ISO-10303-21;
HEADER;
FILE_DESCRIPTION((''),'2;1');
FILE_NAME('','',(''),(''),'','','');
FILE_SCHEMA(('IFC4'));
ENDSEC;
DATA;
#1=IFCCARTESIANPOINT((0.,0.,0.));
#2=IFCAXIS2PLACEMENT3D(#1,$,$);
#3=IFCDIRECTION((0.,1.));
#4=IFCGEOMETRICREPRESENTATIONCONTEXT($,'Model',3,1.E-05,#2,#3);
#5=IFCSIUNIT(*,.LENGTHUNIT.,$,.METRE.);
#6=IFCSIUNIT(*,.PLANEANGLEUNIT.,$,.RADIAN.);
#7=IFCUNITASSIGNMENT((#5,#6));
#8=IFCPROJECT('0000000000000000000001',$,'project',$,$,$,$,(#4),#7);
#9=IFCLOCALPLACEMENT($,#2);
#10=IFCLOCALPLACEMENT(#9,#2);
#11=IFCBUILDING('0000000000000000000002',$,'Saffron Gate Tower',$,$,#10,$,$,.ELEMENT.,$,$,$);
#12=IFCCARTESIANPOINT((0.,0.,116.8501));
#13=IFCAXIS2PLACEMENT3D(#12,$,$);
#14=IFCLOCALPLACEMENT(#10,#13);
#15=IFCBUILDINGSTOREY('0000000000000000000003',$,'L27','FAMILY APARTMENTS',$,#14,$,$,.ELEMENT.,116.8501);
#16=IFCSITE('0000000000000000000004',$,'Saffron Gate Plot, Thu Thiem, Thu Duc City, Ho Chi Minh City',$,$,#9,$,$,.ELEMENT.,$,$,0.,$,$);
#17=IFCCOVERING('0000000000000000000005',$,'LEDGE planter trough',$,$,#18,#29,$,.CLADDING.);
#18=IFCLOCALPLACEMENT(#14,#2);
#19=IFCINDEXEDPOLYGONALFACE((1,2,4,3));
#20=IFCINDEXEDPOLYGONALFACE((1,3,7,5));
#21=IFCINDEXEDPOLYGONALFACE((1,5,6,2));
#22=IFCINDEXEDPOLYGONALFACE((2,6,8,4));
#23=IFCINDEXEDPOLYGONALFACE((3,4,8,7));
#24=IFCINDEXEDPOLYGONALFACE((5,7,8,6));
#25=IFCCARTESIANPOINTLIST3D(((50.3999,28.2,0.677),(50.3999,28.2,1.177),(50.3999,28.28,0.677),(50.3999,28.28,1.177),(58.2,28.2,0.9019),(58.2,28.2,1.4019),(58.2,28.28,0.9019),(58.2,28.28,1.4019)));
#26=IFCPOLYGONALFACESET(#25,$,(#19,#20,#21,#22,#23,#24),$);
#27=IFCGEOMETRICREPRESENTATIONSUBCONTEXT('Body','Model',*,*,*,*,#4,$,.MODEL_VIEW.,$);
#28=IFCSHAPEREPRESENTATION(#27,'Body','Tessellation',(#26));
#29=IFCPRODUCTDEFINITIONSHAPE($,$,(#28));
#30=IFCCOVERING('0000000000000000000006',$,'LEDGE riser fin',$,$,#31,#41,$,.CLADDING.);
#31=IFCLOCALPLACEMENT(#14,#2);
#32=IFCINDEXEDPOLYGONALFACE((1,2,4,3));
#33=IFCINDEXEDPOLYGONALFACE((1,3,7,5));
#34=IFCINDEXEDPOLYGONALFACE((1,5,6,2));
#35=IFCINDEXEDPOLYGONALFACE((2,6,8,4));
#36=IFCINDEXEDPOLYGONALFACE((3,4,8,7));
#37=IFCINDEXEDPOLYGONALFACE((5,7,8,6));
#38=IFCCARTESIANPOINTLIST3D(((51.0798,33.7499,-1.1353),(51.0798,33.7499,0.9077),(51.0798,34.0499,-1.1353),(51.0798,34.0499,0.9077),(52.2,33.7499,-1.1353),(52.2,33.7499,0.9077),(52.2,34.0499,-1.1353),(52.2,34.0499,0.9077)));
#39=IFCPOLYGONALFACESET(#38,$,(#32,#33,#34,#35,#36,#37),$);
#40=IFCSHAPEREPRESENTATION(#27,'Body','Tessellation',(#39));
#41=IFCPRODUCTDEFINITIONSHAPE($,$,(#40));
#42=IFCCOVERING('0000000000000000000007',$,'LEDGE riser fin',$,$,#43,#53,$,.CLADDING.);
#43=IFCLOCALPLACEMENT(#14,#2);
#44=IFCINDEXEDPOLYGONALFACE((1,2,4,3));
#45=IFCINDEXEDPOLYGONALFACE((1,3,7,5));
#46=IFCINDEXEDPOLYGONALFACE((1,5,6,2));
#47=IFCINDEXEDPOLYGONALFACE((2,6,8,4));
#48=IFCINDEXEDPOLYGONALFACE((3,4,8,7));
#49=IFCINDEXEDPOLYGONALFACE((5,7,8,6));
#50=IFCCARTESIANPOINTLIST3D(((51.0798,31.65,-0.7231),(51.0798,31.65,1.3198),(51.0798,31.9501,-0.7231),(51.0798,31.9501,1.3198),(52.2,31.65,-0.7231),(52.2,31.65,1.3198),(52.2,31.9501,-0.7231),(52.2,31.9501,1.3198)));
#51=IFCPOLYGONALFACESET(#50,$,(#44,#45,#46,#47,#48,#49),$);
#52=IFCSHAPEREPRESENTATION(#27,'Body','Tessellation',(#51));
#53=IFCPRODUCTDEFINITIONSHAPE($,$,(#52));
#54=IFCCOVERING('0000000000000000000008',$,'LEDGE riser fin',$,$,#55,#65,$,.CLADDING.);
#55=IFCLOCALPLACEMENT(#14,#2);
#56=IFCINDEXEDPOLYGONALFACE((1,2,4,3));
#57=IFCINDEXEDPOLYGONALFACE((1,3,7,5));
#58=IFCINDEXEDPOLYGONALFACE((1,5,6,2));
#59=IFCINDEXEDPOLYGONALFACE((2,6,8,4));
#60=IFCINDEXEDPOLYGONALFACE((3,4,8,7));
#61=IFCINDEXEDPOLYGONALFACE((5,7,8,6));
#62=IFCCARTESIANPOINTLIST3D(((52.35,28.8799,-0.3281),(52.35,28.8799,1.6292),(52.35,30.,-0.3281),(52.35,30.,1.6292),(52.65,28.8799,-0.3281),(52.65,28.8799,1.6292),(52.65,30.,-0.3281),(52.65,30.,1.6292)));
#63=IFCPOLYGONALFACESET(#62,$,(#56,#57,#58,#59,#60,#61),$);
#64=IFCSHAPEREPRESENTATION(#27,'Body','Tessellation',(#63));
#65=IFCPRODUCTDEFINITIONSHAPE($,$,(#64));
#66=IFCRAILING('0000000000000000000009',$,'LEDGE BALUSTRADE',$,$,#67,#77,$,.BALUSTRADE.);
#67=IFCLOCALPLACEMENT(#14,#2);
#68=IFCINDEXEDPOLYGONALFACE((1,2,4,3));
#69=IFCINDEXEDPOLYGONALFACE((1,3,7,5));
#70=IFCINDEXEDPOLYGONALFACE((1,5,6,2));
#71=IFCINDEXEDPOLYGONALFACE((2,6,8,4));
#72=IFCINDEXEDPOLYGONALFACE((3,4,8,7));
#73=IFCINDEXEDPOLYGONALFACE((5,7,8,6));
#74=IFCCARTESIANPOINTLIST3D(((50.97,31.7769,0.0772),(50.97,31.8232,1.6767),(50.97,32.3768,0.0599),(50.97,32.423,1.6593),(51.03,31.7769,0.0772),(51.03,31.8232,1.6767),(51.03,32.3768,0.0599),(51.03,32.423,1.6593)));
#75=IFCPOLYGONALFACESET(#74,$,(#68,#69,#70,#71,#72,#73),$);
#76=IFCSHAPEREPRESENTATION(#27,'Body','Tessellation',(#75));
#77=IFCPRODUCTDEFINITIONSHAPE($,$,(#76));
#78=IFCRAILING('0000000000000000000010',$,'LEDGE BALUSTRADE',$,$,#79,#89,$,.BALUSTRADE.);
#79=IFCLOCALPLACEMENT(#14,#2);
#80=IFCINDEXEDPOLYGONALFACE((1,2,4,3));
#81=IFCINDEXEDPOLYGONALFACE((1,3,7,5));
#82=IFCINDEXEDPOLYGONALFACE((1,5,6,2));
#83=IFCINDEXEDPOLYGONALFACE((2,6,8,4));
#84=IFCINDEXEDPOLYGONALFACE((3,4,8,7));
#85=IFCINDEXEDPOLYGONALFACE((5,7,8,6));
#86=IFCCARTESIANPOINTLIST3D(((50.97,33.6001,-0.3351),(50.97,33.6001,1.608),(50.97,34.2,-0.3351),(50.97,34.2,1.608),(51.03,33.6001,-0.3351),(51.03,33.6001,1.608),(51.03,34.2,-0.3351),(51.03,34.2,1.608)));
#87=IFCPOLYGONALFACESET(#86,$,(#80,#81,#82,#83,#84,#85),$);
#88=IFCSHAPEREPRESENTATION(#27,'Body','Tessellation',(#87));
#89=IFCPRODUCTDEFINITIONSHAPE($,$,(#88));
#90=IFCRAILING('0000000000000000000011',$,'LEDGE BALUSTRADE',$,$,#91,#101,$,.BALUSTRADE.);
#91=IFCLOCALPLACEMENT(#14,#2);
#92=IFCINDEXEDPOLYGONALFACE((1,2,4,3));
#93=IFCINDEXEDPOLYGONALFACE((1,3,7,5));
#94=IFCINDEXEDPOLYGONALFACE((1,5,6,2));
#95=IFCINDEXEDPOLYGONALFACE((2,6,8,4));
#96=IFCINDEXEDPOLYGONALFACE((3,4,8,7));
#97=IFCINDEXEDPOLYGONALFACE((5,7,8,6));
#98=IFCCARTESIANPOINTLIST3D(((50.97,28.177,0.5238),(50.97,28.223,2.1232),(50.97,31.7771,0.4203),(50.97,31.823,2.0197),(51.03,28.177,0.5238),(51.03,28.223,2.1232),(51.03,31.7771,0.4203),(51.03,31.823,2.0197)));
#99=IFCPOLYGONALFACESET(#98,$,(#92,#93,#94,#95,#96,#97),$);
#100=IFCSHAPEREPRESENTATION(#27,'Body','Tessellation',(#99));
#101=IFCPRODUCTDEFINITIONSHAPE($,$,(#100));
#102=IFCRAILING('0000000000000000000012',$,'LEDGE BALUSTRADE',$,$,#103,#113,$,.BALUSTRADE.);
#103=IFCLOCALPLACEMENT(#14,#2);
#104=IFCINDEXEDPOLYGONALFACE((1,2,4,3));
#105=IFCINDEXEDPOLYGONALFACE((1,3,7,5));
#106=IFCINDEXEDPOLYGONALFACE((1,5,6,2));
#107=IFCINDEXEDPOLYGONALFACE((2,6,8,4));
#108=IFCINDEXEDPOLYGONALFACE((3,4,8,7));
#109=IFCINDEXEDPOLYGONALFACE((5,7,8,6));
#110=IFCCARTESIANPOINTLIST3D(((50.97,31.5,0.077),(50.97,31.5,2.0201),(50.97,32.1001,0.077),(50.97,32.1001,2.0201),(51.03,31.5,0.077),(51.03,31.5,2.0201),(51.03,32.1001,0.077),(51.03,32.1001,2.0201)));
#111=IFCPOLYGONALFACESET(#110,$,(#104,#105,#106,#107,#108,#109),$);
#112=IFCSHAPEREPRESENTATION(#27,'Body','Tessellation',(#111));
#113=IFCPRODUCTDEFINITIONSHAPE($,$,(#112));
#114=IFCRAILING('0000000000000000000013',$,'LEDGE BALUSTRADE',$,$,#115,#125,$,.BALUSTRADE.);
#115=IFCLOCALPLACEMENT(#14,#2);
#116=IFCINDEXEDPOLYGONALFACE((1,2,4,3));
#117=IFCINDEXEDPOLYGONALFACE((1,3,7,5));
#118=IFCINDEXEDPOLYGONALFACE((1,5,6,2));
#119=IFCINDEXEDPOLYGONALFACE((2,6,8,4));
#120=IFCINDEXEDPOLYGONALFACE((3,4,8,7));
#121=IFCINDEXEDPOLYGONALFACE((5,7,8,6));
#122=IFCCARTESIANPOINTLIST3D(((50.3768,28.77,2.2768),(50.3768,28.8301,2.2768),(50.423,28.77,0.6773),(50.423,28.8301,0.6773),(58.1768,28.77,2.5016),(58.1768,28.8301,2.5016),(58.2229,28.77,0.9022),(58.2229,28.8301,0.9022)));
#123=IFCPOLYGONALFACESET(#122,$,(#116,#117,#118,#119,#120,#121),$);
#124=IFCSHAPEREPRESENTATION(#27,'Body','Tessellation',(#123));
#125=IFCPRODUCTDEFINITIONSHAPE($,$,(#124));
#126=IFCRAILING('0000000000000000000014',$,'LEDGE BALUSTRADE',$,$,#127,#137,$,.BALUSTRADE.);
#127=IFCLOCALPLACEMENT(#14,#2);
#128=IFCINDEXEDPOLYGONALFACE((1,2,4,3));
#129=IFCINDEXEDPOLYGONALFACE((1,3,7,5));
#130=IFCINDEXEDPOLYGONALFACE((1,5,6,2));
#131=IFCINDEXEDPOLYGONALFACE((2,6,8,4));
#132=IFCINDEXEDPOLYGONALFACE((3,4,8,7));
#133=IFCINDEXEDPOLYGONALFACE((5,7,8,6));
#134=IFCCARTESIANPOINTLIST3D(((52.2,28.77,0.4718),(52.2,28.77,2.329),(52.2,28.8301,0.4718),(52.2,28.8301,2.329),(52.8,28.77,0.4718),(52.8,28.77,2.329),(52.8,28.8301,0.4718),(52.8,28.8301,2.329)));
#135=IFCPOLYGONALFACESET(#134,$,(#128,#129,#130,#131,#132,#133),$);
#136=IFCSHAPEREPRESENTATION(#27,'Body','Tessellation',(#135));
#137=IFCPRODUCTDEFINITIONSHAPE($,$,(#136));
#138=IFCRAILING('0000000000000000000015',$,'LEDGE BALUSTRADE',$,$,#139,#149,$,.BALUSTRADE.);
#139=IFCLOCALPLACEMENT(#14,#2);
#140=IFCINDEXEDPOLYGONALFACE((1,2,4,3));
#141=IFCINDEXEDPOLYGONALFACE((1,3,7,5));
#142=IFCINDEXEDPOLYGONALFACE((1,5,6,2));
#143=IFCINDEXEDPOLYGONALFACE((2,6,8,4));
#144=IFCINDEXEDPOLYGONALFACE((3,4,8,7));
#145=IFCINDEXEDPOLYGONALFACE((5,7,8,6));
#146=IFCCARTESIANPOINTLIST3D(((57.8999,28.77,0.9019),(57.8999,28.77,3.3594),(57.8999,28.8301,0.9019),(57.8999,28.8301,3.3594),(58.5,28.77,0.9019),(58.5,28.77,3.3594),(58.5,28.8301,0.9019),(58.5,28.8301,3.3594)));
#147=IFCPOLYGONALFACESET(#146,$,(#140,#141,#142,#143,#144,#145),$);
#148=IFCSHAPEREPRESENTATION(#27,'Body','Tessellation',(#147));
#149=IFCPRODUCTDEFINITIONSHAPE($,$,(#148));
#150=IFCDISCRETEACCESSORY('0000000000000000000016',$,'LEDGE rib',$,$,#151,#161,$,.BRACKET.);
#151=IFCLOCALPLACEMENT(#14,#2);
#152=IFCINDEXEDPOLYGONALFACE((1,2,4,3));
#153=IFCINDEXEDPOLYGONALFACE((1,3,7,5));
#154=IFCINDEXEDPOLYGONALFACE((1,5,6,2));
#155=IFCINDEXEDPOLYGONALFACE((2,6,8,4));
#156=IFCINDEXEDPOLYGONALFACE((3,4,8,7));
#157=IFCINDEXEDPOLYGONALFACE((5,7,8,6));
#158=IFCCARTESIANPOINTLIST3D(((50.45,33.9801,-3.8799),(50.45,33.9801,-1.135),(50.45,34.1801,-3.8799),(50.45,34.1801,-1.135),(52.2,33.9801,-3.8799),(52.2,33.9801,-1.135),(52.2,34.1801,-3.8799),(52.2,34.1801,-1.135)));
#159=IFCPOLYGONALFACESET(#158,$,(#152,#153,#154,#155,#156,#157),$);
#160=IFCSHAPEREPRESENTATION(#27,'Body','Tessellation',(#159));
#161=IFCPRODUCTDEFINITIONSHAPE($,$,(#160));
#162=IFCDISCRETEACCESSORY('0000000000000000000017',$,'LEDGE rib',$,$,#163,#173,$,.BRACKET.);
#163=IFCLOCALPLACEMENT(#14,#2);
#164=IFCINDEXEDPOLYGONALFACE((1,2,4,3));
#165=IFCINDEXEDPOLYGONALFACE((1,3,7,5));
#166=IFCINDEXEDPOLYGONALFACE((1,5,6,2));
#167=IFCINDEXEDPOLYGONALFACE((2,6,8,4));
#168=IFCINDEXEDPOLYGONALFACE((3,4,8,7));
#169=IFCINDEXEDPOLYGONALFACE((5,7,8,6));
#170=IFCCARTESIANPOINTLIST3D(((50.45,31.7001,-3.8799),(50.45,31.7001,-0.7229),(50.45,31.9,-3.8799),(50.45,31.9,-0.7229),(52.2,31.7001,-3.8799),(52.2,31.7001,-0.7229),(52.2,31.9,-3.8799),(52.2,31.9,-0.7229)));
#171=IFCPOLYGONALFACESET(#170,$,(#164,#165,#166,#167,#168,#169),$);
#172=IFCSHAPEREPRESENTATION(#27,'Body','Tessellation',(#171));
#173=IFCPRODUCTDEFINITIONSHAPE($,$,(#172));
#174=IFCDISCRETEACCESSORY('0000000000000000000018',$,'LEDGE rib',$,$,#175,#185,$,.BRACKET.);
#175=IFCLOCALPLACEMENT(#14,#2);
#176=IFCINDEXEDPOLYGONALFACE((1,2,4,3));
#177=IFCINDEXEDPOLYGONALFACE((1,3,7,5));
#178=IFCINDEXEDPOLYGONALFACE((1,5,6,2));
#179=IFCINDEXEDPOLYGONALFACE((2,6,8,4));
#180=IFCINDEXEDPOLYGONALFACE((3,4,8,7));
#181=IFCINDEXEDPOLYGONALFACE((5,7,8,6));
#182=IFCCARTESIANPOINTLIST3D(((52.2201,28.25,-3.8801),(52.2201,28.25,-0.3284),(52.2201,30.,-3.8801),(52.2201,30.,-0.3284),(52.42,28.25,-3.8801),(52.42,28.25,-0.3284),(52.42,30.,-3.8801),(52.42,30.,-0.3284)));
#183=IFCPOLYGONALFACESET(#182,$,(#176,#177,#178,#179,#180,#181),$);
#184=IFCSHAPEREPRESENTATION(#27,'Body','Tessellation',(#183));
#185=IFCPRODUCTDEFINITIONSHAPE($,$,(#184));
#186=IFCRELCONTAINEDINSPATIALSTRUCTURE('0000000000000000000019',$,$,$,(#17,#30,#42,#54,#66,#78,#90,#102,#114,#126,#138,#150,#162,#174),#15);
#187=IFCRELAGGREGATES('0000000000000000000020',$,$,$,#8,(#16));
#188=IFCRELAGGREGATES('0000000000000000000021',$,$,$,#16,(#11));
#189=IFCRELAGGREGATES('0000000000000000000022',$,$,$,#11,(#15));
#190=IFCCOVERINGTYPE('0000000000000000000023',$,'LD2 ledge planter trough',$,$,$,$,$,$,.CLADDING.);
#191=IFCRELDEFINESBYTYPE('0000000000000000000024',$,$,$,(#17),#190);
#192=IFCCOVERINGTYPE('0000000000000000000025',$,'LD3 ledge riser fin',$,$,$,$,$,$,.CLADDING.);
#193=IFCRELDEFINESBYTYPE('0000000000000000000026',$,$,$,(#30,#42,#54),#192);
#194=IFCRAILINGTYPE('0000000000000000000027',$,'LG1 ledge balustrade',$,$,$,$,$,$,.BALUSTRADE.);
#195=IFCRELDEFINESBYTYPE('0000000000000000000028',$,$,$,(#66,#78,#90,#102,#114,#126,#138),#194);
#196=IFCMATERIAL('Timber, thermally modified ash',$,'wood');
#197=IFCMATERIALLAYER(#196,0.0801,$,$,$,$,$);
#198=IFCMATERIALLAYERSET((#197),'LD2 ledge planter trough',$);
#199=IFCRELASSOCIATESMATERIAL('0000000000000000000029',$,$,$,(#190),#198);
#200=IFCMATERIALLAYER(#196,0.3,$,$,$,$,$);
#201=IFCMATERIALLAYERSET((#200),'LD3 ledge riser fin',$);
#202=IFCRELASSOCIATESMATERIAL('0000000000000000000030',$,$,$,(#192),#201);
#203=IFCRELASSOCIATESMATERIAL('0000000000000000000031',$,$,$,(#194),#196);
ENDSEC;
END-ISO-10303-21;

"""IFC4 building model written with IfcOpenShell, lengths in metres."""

from ifc_helpers import new_model, si_unit, direction, frame, origin, origin_2d, place, context, subcontext, project, spatial, polyline, rectangle, outline, extrude, material, layer, layer_set, type_object, element, save


model = new_model("IFC4")

# Units and contexts
model_context = context("Model", 3, precision=1e-05, world=origin(), true_north=direction((0.0, 1.0)))
body_context = subcontext(model_context, "Body", "Model", "MODEL_VIEW")
ifc_project = project(units=[si_unit("LENGTHUNIT", "METRE"), si_unit("PLANEANGLEUNIT", "RADIAN")], contexts=[model_context])

# Site, building, storey
site_placement = place(None, origin())
site = spatial("IfcSite", under=ifc_project, at=site_placement, Name="Saffron Gate Plot, Thu Thiem, Thu Duc City, Ho Chi Minh City", CompositionType="ELEMENT", RefElevation=0.0)
building_placement = place(site_placement, origin())
building = spatial("IfcBuilding", under=site, at=building_placement, Name="Saffron Gate Tower", CompositionType="ELEMENT")
storey_placement = place(building_placement, frame((0.0, 0.0, 116.8501)))
storey = spatial("IfcBuildingStorey", under=building, at=storey_placement, Name="L27", Description="FAMILY APARTMENTS", CompositionType="ELEMENT", Elevation=116.8501)

# Coverings
ifc_material_1 = material(Name="Timber, thermally modified ash", Category="wood")
ifc_layer_1 = layer(ifc_material_1, 0.0801)
ifc_layer_set_1 = layer_set([ifc_layer_1], Name="LD2 ledge planter trough")
covering_type_1 = type_object("IfcCoveringType", Name="LD2 ledge planter trough", PredefinedType="CLADDING", material=ifc_layer_set_1)
covering_1_placement = place(storey_placement, frame((50.3999, 28.2, 0.677), z_axis=(0.0, -1.0, 0.0), x_axis=(0.999585, 0.0, 0.028815)))
element("IfcCovering", 1, at=covering_1_placement, inside=storey, type_object=covering_type_1, Name="LEDGE planter trough", PredefinedType="CLADDING", context=body_context, shape_type="SweptSolid", body=[
    extrude(outline(polyline([(0.0, 0.0), (7.8033, 0.0), (7.8177, 0.4998), (0.0144, 0.4998), (0.0, 0.0)])), origin(), (0.0, 0.0, -1.0), 0.0801),
])
ifc_layer_2 = layer(ifc_material_1, 0.3)
ifc_layer_set_2 = layer_set([ifc_layer_2], Name="LD3 ledge riser fin")
covering_type_2 = type_object("IfcCoveringType", Name="LD3 ledge riser fin", PredefinedType="CLADDING", material=ifc_layer_set_2)
for number, where, z_axis, x_axis, name in (
    (2, (51.6399, 33.8999, -1.1353), (0.0, 0.0, 1.0), (0.0, -1.0, 0.0), "LEDGE riser fin"),
    (3, (51.6399, 31.8, -0.7231), (0.0, 0.0, 1.0), (0.0, -1.0, 0.0), "LEDGE riser fin"),
):
    element("IfcCovering", number, at=place(storey_placement, frame(where, z_axis=z_axis, x_axis=x_axis)), inside=storey, type_object=covering_type_2, Name=name, PredefinedType="CLADDING", context=body_context, shape_type="SweptSolid", body=[
        extrude(rectangle(XDim=0.3, YDim=1.1201, at=origin_2d()), origin(), (0.0, 0.0, 1.0), 2.043),
    ])
covering_2_placement = place(storey_placement, frame((52.5, 29.4399, -0.3281), z_axis=(0.0, 0.0, 1.0), x_axis=(1.0, 0.0, 0.0)))
element("IfcCovering", 4, at=covering_2_placement, inside=storey, type_object=covering_type_2, Name="LEDGE riser fin", PredefinedType="CLADDING", context=body_context, shape_type="SweptSolid", body=[
    extrude(rectangle(XDim=0.3, YDim=1.1201, at=origin_2d()), origin(), (0.0, 0.0, 1.0), 1.9573),
])

# Railings
railing_type = type_object("IfcRailingType", Name="LG1 ledge balustrade", PredefinedType="BALUSTRADE", material=ifc_material_1)
railing_1_placement = place(storey_placement, frame((51.0, 32.3999, 0.0596)))
element("IfcRailing", 5, at=railing_1_placement, inside=storey, type_object=railing_type, Name="LEDGE BALUSTRADE", PredefinedType="BALUSTRADE", context=body_context, shape_type="SweptSolid", body=[
    extrude(rectangle(XDim=0.0601, YDim=1.6001, at=origin_2d()), frame((0.0, 0.0, 0.8), z_axis=(0.0, -0.999583, 0.028885), x_axis=(1.0, 0.0, 0.0)), (0.0, 0.0, 1.0), 0.6001),
])
railing_2_placement = place(storey_placement, frame((51.0, 34.2, -0.3352)))
element("IfcRailing", 6, at=railing_2_placement, inside=storey, type_object=railing_type, Name="LEDGE BALUSTRADE", PredefinedType="BALUSTRADE", context=body_context, shape_type="SweptSolid", body=[
    extrude(rectangle(XDim=0.0601, YDim=1.9431, at=origin_2d()), frame((0.0, 0.0, 0.9717), z_axis=(0.0, -1.0, 0.0), x_axis=(1.0, 0.0, 0.0)), (0.0, 0.0, 1.0), 0.5999),
])
railing_3_placement = place(storey_placement, frame((51.0, 31.8, 0.4199)))
element("IfcRailing", 7, at=railing_3_placement, inside=storey, type_object=railing_type, Name="LEDGE BALUSTRADE", PredefinedType="BALUSTRADE", context=body_context, shape_type="SweptSolid", body=[
    extrude(rectangle(XDim=0.0601, YDim=1.6001, at=origin_2d()), frame((0.0, 0.0, 0.8), z_axis=(0.0, -0.999587, 0.028742), x_axis=(1.0, 0.0, 0.0)), (0.0, 0.0, 1.0), 3.6016),
])
railing_4_placement = place(storey_placement, frame((51.0, 32.1001, 0.0769)))
element("IfcRailing", 8, at=railing_4_placement, inside=storey, type_object=railing_type, Name="LEDGE BALUSTRADE", PredefinedType="BALUSTRADE", context=body_context, shape_type="SweptSolid", body=[
    extrude(rectangle(XDim=0.0601, YDim=1.9431, at=origin_2d()), frame((0.0, 0.0, 0.9717), z_axis=(0.0, -1.0, 0.0), x_axis=(1.0, 0.0, 0.0)), (0.0, 0.0, 1.0), 0.6001),
])
railing_5_placement = place(storey_placement, frame((50.3999, 28.8, 0.677)))
element("IfcRailing", 9, at=railing_5_placement, inside=storey, type_object=railing_type, Name="LEDGE BALUSTRADE", PredefinedType="BALUSTRADE", context=body_context, shape_type="SweptSolid", body=[
    extrude(rectangle(XDim=0.0601, YDim=1.6001, at=origin_2d()), frame((0.0, 0.0, 0.8), z_axis=(0.999585, 0.0, 0.028815), x_axis=(0.0, 1.0, 0.0)), (0.0, 0.0, 1.0), 7.8032),
])
railing_6_placement = place(storey_placement, frame((52.2, 28.8, 0.4717)))
element("IfcRailing", 10, at=railing_6_placement, inside=storey, type_object=railing_type, Name="LEDGE BALUSTRADE", PredefinedType="BALUSTRADE", context=body_context, shape_type="SweptSolid", body=[
    extrude(rectangle(XDim=0.0601, YDim=1.8572, at=origin_2d()), frame((0.0, 0.0, 0.9287), z_axis=(1.0, 0.0, 0.0), x_axis=(0.0, 1.0, 0.0)), (0.0, 0.0, 1.0), 0.6001),
])
railing_7_placement = place(storey_placement, frame((57.8999, 28.8, 0.9019)))
element("IfcRailing", 11, at=railing_7_placement, inside=storey, type_object=railing_type, Name="LEDGE BALUSTRADE", PredefinedType="BALUSTRADE", context=body_context, shape_type="SweptSolid", body=[
    extrude(rectangle(XDim=0.0601, YDim=2.4575, at=origin_2d()), frame((0.0, 0.0, 1.2288), z_axis=(1.0, 0.0, 0.0), x_axis=(0.0, 1.0, 0.0)), (0.0, 0.0, 1.0), 0.6001),
])

# Discrete accessories
discrete_accessory_1_placement = place(storey_placement, frame((51.325, 34.0801, -3.8799), z_axis=(0.0, 0.0, 1.0), x_axis=(0.0, -1.0, 0.0)))
element("IfcDiscreteAccessory", 12, at=discrete_accessory_1_placement, inside=storey, Name="LEDGE rib", PredefinedType="BRACKET", context=body_context, shape_type="SweptSolid", body=[
    extrude(rectangle(XDim=0.2, YDim=1.75, at=origin_2d()), origin(), (0.0, 0.0, 1.0), 2.7449),
])
discrete_accessory_2_placement = place(storey_placement, frame((51.325, 31.8, -3.8799), z_axis=(0.0, 0.0, 1.0), x_axis=(0.0, -1.0, 0.0)))
element("IfcDiscreteAccessory", 13, at=discrete_accessory_2_placement, inside=storey, Name="LEDGE rib", PredefinedType="BRACKET", context=body_context, shape_type="SweptSolid", body=[
    extrude(rectangle(XDim=0.2, YDim=1.75, at=origin_2d()), origin(), (0.0, 0.0, 1.0), 3.157),
])
discrete_accessory_3_placement = place(storey_placement, frame((52.3201, 29.125, -3.8801), z_axis=(0.0, 0.0, 1.0), x_axis=(1.0, 0.0, 0.0)))
element("IfcDiscreteAccessory", 14, at=discrete_accessory_3_placement, inside=storey, Name="LEDGE rib", PredefinedType="BRACKET", context=body_context, shape_type="SweptSolid", body=[
    extrude(rectangle(XDim=0.2, YDim=1.75, at=origin_2d()), origin(), (0.0, 0.0, 1.0), 3.5518),
])

save(model, "model.ifc")
